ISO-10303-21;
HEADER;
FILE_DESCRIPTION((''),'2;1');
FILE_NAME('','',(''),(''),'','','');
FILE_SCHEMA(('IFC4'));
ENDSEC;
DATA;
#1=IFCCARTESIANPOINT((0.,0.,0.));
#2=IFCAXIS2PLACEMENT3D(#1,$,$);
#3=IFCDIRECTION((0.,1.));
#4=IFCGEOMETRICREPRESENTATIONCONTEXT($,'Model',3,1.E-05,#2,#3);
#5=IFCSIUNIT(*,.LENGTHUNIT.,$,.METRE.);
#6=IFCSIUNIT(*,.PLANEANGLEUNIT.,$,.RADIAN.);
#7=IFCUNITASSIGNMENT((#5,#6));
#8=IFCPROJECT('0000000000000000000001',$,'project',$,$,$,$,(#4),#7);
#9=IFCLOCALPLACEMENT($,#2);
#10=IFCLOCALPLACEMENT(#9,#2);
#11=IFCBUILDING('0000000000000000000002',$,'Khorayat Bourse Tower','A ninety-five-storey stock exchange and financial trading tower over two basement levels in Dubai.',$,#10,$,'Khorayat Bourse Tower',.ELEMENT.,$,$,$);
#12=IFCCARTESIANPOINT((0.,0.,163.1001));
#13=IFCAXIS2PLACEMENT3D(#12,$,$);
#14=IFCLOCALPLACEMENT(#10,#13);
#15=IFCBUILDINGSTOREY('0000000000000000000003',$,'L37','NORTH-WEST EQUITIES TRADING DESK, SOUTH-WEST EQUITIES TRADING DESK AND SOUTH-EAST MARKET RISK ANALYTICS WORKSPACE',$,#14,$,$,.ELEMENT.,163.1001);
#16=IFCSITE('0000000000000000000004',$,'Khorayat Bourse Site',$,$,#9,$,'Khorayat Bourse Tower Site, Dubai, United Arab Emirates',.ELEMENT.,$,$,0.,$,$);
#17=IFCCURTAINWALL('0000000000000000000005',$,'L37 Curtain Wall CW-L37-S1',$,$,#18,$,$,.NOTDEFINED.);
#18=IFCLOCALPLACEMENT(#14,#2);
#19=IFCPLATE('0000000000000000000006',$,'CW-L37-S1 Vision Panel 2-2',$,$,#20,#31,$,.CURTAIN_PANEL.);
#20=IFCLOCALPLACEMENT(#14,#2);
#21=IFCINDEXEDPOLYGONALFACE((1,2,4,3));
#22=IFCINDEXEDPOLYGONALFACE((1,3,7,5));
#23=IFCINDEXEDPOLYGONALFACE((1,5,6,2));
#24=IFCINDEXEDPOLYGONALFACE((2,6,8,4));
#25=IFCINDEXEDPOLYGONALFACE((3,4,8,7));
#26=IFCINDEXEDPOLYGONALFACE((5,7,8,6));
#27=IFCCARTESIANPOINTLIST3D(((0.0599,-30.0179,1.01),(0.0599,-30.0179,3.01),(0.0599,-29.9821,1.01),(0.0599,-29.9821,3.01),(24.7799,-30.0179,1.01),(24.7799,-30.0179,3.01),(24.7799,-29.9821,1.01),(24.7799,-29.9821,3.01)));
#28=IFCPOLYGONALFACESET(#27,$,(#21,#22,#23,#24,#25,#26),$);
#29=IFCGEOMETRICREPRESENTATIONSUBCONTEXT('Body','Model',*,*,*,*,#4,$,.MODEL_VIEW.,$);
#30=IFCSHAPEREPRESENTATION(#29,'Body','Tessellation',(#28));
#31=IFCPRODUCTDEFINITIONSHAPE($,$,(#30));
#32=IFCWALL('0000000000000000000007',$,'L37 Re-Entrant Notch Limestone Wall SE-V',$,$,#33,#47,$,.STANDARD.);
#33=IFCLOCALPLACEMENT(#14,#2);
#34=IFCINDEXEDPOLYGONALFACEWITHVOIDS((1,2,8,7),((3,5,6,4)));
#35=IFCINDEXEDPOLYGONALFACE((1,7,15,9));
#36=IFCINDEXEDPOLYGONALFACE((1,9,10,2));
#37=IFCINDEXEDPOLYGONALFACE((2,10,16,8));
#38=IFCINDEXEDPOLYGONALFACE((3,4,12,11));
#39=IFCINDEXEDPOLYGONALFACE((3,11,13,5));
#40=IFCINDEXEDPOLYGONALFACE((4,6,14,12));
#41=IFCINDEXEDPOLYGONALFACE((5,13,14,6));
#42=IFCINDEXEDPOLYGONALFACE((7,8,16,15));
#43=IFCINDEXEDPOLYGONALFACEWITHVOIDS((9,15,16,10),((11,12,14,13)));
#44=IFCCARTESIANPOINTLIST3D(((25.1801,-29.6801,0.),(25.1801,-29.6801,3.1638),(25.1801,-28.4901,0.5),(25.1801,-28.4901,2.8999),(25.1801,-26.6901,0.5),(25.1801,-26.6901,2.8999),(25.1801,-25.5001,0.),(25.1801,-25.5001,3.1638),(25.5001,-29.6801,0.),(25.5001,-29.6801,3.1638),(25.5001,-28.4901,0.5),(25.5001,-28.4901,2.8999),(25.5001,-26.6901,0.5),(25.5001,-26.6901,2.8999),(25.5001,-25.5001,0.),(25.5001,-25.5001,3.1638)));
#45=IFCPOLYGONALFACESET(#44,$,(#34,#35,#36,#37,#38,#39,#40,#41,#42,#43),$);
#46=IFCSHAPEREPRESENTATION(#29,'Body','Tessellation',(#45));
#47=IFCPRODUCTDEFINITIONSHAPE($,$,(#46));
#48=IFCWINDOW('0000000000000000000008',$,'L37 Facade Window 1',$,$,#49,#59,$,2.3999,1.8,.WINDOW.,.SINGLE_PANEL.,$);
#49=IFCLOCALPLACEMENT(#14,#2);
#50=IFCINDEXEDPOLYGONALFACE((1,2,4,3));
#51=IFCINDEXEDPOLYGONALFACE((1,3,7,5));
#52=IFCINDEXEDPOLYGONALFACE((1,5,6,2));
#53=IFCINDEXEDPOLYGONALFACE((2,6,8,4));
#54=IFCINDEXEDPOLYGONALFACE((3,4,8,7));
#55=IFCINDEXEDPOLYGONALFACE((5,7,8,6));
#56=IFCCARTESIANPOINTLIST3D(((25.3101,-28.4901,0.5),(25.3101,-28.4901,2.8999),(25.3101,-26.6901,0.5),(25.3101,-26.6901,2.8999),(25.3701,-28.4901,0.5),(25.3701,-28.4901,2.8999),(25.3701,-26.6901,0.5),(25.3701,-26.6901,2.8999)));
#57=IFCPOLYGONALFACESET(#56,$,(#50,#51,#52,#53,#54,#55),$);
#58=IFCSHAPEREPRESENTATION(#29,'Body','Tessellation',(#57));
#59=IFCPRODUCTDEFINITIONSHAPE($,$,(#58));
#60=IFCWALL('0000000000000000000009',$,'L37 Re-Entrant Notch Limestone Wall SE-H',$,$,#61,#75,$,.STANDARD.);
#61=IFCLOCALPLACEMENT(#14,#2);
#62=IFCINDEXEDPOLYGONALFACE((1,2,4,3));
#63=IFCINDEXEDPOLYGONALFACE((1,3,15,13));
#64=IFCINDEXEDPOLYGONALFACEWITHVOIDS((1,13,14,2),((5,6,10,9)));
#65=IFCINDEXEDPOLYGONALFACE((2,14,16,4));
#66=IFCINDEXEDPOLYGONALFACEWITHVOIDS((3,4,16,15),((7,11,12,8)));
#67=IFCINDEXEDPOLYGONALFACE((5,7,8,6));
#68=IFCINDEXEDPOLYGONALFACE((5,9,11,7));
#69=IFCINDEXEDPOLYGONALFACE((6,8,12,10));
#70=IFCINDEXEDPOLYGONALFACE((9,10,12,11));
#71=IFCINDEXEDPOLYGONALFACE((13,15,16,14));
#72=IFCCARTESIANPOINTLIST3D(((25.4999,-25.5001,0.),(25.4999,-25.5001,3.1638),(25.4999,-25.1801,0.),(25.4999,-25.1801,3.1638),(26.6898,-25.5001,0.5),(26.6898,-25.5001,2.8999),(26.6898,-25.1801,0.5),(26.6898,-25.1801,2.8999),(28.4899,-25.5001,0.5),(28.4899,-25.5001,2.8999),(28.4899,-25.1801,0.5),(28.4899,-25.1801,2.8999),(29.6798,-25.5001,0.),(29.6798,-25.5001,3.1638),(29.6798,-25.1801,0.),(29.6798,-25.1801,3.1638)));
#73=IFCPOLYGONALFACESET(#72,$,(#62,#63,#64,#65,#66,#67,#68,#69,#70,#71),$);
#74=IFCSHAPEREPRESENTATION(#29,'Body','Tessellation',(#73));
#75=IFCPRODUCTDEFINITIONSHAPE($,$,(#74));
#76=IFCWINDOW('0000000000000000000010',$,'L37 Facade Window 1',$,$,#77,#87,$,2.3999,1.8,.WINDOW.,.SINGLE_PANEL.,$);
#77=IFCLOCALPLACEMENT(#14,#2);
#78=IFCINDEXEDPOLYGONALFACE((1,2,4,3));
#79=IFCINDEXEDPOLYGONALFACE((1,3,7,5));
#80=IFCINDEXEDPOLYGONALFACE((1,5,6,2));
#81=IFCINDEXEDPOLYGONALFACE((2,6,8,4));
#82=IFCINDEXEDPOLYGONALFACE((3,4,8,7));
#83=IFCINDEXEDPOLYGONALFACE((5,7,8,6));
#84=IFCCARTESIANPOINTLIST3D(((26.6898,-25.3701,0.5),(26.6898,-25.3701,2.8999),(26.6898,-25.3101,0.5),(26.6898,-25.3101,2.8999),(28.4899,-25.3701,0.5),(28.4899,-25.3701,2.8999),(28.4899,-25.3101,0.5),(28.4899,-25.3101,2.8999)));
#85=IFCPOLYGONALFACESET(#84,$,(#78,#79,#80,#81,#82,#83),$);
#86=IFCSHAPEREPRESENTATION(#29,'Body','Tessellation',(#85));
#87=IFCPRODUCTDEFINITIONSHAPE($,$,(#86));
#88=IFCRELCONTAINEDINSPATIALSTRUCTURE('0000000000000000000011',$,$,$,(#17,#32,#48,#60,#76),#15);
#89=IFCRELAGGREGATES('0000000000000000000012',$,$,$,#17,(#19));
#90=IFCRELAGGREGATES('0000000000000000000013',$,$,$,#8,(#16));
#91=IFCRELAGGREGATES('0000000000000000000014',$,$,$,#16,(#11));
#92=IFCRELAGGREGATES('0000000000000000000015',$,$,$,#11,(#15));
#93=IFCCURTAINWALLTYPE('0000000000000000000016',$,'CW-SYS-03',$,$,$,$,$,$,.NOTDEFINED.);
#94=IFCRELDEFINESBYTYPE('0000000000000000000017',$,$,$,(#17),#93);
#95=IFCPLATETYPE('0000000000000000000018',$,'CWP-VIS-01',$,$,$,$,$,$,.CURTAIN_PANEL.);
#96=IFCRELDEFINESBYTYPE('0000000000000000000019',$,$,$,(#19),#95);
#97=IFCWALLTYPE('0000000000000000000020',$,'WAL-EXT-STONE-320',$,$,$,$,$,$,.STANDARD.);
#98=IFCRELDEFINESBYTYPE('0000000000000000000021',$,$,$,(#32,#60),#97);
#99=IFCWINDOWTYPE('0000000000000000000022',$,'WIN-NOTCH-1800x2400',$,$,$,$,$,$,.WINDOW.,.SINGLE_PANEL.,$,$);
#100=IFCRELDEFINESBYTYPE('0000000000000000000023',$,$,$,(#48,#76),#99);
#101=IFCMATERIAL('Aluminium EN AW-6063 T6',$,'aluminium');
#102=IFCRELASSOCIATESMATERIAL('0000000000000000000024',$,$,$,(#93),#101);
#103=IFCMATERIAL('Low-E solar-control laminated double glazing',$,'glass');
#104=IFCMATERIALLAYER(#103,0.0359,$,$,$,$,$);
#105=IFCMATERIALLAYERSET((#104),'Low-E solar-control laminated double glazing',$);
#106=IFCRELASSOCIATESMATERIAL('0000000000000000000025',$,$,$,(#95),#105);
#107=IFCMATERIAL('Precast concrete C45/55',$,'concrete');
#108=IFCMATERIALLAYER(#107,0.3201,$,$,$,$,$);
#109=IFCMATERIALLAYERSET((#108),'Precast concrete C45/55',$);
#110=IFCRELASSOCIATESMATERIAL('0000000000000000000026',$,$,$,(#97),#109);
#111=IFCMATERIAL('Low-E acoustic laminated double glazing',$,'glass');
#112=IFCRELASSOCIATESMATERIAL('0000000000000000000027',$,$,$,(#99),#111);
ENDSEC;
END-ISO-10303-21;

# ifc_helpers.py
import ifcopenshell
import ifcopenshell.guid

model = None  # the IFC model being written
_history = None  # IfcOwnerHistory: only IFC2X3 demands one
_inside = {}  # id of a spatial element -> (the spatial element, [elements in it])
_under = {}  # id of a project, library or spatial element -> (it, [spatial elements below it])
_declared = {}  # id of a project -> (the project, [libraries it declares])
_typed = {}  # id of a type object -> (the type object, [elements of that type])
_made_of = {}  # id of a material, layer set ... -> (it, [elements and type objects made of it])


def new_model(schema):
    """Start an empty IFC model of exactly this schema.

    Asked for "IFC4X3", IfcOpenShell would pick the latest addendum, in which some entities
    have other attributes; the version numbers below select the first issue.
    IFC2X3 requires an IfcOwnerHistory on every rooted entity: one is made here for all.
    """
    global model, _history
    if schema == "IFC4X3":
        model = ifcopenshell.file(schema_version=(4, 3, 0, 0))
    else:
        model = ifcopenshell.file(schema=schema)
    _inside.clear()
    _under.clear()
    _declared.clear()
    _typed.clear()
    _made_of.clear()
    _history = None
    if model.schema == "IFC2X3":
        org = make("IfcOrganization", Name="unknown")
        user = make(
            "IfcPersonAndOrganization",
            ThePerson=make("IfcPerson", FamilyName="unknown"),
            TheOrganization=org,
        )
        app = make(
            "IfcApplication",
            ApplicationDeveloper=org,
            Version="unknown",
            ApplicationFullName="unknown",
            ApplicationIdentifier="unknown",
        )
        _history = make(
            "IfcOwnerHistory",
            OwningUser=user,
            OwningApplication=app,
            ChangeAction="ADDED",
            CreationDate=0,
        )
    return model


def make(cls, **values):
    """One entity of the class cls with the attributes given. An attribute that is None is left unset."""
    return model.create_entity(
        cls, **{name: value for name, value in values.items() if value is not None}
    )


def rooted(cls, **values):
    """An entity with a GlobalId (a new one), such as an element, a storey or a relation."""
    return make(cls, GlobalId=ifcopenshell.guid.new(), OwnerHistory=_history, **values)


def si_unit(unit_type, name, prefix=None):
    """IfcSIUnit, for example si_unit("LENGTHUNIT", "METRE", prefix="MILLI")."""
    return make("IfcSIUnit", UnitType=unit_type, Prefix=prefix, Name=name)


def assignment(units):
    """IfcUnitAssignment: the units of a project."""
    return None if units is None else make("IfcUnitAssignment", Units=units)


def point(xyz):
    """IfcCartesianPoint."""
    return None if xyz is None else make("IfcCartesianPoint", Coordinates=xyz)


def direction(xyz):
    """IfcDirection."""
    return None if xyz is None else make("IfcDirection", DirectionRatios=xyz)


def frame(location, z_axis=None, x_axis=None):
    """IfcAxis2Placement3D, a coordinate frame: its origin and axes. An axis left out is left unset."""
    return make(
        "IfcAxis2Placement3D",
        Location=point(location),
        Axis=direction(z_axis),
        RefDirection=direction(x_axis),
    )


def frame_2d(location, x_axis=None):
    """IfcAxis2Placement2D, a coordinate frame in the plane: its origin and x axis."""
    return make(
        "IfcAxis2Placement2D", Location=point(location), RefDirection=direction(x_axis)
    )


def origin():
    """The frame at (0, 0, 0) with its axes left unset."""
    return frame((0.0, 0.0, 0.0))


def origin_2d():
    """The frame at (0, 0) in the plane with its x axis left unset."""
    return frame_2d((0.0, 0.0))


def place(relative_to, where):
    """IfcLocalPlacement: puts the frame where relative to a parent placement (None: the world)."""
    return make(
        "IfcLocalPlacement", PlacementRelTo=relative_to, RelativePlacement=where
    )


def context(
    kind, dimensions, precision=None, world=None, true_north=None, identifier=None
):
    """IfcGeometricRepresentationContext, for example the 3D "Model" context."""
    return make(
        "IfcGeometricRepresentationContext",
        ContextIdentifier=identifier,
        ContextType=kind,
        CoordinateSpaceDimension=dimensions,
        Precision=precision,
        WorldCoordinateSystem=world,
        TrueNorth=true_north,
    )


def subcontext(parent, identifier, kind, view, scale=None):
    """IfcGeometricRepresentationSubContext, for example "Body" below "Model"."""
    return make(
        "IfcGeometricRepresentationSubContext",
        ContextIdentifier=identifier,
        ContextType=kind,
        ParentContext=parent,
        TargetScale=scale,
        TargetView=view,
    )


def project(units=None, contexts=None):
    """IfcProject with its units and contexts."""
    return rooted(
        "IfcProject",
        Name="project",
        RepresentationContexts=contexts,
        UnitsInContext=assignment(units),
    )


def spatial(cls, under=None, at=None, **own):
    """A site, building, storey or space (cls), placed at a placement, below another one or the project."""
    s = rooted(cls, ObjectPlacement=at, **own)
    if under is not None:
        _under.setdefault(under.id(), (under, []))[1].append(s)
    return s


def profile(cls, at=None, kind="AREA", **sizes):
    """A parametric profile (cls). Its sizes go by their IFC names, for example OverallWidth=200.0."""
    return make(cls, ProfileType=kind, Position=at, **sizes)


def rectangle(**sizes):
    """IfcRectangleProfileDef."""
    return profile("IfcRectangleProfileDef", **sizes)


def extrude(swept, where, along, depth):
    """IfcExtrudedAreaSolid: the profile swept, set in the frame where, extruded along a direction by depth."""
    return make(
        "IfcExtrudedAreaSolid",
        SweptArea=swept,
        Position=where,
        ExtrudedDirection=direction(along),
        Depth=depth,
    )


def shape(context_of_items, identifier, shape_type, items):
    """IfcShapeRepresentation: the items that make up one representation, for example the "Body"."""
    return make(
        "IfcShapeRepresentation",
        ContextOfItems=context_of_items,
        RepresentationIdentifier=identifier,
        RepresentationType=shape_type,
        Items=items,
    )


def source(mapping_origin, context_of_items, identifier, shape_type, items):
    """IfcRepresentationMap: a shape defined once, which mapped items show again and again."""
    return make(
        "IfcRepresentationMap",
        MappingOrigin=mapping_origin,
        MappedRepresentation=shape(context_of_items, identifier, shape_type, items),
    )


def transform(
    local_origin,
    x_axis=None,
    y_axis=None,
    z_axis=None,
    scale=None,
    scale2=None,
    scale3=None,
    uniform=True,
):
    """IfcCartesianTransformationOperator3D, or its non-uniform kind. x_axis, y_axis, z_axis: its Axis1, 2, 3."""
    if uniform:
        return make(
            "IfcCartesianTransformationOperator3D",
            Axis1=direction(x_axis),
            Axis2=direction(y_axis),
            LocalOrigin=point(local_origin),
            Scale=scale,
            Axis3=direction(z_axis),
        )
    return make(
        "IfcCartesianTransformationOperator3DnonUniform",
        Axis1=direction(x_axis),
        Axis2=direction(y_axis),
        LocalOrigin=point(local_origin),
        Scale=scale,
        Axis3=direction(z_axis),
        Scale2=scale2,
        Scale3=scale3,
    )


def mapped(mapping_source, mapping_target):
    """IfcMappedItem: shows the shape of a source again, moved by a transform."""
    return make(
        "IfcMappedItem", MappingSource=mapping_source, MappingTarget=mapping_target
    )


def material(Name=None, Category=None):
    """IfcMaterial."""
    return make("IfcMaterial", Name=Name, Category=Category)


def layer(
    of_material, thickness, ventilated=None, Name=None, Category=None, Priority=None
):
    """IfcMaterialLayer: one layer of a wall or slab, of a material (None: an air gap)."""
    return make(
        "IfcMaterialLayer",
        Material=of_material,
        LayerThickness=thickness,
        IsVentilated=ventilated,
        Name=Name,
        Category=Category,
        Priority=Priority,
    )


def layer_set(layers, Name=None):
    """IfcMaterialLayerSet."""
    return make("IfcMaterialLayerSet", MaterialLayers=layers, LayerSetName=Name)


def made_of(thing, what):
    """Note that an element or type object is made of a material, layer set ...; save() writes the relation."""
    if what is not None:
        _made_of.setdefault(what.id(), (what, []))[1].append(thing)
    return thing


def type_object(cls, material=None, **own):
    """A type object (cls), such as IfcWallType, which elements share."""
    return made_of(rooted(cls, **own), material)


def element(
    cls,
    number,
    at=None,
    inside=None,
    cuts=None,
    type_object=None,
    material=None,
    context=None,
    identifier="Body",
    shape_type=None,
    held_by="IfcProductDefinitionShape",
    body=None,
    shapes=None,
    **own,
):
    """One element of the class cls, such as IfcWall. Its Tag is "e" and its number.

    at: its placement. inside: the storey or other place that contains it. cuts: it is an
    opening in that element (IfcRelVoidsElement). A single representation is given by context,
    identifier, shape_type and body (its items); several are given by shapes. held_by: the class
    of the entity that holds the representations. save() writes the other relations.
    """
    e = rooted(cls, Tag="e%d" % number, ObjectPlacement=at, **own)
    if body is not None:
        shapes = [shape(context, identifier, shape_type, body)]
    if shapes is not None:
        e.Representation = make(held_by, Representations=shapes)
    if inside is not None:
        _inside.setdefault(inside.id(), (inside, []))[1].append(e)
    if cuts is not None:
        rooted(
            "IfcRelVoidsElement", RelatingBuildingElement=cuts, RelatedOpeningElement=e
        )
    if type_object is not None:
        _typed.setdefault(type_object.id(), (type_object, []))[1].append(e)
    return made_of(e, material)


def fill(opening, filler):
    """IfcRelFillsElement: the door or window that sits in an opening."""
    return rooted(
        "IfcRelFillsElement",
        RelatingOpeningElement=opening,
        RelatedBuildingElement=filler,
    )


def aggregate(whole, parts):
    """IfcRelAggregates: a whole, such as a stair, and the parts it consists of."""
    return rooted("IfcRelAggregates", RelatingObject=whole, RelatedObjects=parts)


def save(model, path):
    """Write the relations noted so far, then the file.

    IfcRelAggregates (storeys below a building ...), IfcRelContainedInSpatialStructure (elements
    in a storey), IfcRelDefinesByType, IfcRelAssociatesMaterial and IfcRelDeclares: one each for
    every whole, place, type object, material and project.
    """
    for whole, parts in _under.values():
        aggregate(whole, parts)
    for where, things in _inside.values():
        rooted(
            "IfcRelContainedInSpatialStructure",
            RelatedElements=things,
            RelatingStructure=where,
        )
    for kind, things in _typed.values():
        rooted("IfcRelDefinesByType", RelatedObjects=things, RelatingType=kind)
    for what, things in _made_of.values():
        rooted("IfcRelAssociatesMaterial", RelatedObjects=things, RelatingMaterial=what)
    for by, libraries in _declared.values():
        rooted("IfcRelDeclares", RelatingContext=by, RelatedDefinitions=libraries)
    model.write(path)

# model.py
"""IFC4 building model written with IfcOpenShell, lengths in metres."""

from ifc_helpers import new_model, si_unit, direction, frame, frame_2d, origin, origin_2d, place, context, subcontext, project, spatial, rectangle, extrude, source, transform, mapped, material, layer, layer_set, type_object, element, fill, aggregate, save


model = new_model("IFC4")

# Units and contexts
model_context = context("Model", 3, precision=1e-05, world=origin(), true_north=direction((0.0, 1.0)))
body_context = subcontext(model_context, "Body", "Model", "MODEL_VIEW")
ifc_project = project(units=[si_unit("LENGTHUNIT", "METRE"), si_unit("PLANEANGLEUNIT", "RADIAN")], contexts=[model_context])

# Site, building, storey
site_placement = place(None, origin())
site = spatial("IfcSite", under=ifc_project, at=site_placement, Name="Khorayat Bourse Site", LongName="Khorayat Bourse Tower Site, Dubai, United Arab Emirates", CompositionType="ELEMENT", RefElevation=0.0)
building_placement = place(site_placement, origin())
building = spatial("IfcBuilding", under=site, at=building_placement, Name="Khorayat Bourse Tower", Description="A ninety-five-storey stock exchange and financial trading tower over two basement levels in Dubai.", LongName="Khorayat Bourse Tower", CompositionType="ELEMENT")
storey_placement = place(building_placement, frame((0.0, 0.0, 163.1001)))
storey = spatial("IfcBuildingStorey", under=building, at=storey_placement, Name="L37", Description="NORTH-WEST EQUITIES TRADING DESK, SOUTH-WEST EQUITIES TRADING DESK AND SOUTH-EAST MARKET RISK ANALYTICS WORKSPACE", CompositionType="ELEMENT", Elevation=163.1001)

# Curtain wall
ifc_material_1 = material(Name="Aluminium EN AW-6063 T6", Category="aluminium")
curtain_wall_type = type_object("IfcCurtainWallType", Name="CW-SYS-03", PredefinedType="NOTDEFINED", material=ifc_material_1)
curtain_wall_1_placement = place(storey_placement, origin())
curtain_wall_1 = element("IfcCurtainWall", 1, at=curtain_wall_1_placement, inside=storey, type_object=curtain_wall_type, Name="L37 Curtain Wall CW-L37-S1", PredefinedType="NOTDEFINED")

# Plate
ifc_material_2 = material(Name="Low-E solar-control laminated double glazing", Category="glass")
ifc_layer_1 = layer(ifc_material_2, 0.0359)
ifc_layer_set_1 = layer_set([ifc_layer_1], Name="Low-E solar-control laminated double glazing")
plate_type_1 = type_object("IfcPlateType", Name="CWP-VIS-01", PredefinedType="CURTAIN_PANEL", material=ifc_layer_set_1)
shared_shape_1 = source(origin(), body_context, "Body", "SweptSolid", [
    extrude(rectangle(XDim=24.72, YDim=0.0359, at=origin_2d()), origin(), (0.0, 0.0, 1.0), 2.0),
])
plate_1_placement = place(storey_placement, frame((12.4199, -30.0, 1.01), z_axis=(0.0, 0.0, 1.0), x_axis=(1.0, 0.0, 0.0)))
plate_1 = element("IfcPlate", 2, at=plate_1_placement, type_object=plate_type_1, Name="CW-L37-S1 Vision Panel 2-2", PredefinedType="CURTAIN_PANEL", context=body_context, shape_type="MappedRepresentation", body=[
    mapped(shared_shape_1, transform((0.0, 0.0, 0.0), scale=1.0)),
])
aggregate(curtain_wall_1, [plate_1])

# Walls, openings, windows
ifc_material_3 = material(Name="Precast concrete C45/55", Category="concrete")
ifc_layer_2 = layer(ifc_material_3, 0.3201)
ifc_layer_set_2 = layer_set([ifc_layer_2], Name="Precast concrete C45/55")
wall_type = type_object("IfcWallType", Name="WAL-EXT-STONE-320", PredefinedType="STANDARD", material=ifc_layer_set_2)
shared_shape_2 = source(origin(), body_context, "Body", "SweptSolid", [
    extrude(rectangle(XDim=4.1799, YDim=0.3201, at=frame_2d((2.0898, 0.0))), origin(), (0.0, 0.0, 1.0), 3.1638),
])
wall_1_placement = place(storey_placement, frame((25.3401, -29.6799, 0.0), z_axis=(0.0, 0.0, 1.0), x_axis=(0.0, 1.0, 0.0)))
wall_1 = element("IfcWall", 3, at=wall_1_placement, inside=storey, type_object=wall_type, Name="L37 Re-Entrant Notch Limestone Wall SE-V", PredefinedType="STANDARD", context=body_context, shape_type="MappedRepresentation", body=[
    mapped(shared_shape_2, transform((0.0, 0.0, 0.0), scale=1.0)),
])
shared_shape_3 = source(origin(), body_context, "Body", "SweptSolid", [
    extrude(rectangle(XDim=1.8, YDim=2.3999, at=frame_2d((0.8999, 1.2))), frame((0.0, 0.1699, 0.0), z_axis=(0.0, -1.0, 0.0), x_axis=(1.0, 0.0, 0.0)), (0.0, 0.0, 1.0), 0.3401),
])
opening_1_placement = place(wall_1_placement, frame((1.1899, 0.0, 0.5)))
opening_1 = element("IfcOpeningElement", 4, at=opening_1_placement, cuts=wall_1, PredefinedType="OPENING", context=body_context, shape_type="MappedRepresentation", body=[
    mapped(shared_shape_3, transform((0.0, 0.0, 0.0), scale=1.0)),
])
ifc_material_4 = material(Name="Low-E acoustic laminated double glazing", Category="glass")
window_type = type_object("IfcWindowType", Name="WIN-NOTCH-1800x2400", PartitioningType="SINGLE_PANEL", PredefinedType="WINDOW", material=ifc_material_4)
shared_shape_4 = source(origin(), body_context, "Body", "SweptSolid", [
    extrude(rectangle(XDim=1.8, YDim=2.3999, at=frame_2d((0.8999, 1.2))), frame((0.0, 0.03, 0.0), z_axis=(0.0, -1.0, 0.0), x_axis=(1.0, 0.0, 0.0)), (0.0, 0.0, 1.0), 0.0601),
])
window_1_placement = place(opening_1_placement, origin())
window_1 = element("IfcWindow", 5, at=window_1_placement, inside=storey, type_object=window_type, Name="L37 Facade Window 1", OverallHeight=2.3999, OverallWidth=1.8, PartitioningType="SINGLE_PANEL", PredefinedType="WINDOW", context=body_context, shape_type="MappedRepresentation", body=[
    mapped(shared_shape_4, transform((0.0, 0.0, 0.0), scale=1.0)),
])
fill(opening_1, window_1)
wall_2_placement = place(storey_placement, frame((25.5, -25.3401, 0.0), z_axis=(0.0, 0.0, 1.0), x_axis=(1.0, 0.0, 0.0)))
wall_2 = element("IfcWall", 6, at=wall_2_placement, inside=storey, type_object=wall_type, Name="L37 Re-Entrant Notch Limestone Wall SE-H", PredefinedType="STANDARD", context=body_context, shape_type="MappedRepresentation", body=[
    mapped(shared_shape_2, transform((0.0, 0.0, 0.0), scale=1.0)),
])
opening_2_placement = place(wall_2_placement, frame((1.1899, 0.0, 0.5)))
opening_2 = element("IfcOpeningElement", 7, at=opening_2_placement, cuts=wall_2, PredefinedType="OPENING", context=body_context, shape_type="MappedRepresentation", body=[
    mapped(shared_shape_3, transform((0.0, 0.0, 0.0), scale=1.0)),
])
window_2_placement = place(opening_2_placement, origin())
window_2 = element("IfcWindow", 8, at=window_2_placement, inside=storey, type_object=window_type, Name="L37 Facade Window 1", OverallHeight=2.3999, OverallWidth=1.8, PartitioningType="SINGLE_PANEL", PredefinedType="WINDOW", context=body_context, shape_type="MappedRepresentation", body=[
    mapped(shared_shape_4, transform((0.0, 0.0, 0.0), scale=1.0)),
])
fill(opening_2, window_2)

save(model, "model.ifc")
